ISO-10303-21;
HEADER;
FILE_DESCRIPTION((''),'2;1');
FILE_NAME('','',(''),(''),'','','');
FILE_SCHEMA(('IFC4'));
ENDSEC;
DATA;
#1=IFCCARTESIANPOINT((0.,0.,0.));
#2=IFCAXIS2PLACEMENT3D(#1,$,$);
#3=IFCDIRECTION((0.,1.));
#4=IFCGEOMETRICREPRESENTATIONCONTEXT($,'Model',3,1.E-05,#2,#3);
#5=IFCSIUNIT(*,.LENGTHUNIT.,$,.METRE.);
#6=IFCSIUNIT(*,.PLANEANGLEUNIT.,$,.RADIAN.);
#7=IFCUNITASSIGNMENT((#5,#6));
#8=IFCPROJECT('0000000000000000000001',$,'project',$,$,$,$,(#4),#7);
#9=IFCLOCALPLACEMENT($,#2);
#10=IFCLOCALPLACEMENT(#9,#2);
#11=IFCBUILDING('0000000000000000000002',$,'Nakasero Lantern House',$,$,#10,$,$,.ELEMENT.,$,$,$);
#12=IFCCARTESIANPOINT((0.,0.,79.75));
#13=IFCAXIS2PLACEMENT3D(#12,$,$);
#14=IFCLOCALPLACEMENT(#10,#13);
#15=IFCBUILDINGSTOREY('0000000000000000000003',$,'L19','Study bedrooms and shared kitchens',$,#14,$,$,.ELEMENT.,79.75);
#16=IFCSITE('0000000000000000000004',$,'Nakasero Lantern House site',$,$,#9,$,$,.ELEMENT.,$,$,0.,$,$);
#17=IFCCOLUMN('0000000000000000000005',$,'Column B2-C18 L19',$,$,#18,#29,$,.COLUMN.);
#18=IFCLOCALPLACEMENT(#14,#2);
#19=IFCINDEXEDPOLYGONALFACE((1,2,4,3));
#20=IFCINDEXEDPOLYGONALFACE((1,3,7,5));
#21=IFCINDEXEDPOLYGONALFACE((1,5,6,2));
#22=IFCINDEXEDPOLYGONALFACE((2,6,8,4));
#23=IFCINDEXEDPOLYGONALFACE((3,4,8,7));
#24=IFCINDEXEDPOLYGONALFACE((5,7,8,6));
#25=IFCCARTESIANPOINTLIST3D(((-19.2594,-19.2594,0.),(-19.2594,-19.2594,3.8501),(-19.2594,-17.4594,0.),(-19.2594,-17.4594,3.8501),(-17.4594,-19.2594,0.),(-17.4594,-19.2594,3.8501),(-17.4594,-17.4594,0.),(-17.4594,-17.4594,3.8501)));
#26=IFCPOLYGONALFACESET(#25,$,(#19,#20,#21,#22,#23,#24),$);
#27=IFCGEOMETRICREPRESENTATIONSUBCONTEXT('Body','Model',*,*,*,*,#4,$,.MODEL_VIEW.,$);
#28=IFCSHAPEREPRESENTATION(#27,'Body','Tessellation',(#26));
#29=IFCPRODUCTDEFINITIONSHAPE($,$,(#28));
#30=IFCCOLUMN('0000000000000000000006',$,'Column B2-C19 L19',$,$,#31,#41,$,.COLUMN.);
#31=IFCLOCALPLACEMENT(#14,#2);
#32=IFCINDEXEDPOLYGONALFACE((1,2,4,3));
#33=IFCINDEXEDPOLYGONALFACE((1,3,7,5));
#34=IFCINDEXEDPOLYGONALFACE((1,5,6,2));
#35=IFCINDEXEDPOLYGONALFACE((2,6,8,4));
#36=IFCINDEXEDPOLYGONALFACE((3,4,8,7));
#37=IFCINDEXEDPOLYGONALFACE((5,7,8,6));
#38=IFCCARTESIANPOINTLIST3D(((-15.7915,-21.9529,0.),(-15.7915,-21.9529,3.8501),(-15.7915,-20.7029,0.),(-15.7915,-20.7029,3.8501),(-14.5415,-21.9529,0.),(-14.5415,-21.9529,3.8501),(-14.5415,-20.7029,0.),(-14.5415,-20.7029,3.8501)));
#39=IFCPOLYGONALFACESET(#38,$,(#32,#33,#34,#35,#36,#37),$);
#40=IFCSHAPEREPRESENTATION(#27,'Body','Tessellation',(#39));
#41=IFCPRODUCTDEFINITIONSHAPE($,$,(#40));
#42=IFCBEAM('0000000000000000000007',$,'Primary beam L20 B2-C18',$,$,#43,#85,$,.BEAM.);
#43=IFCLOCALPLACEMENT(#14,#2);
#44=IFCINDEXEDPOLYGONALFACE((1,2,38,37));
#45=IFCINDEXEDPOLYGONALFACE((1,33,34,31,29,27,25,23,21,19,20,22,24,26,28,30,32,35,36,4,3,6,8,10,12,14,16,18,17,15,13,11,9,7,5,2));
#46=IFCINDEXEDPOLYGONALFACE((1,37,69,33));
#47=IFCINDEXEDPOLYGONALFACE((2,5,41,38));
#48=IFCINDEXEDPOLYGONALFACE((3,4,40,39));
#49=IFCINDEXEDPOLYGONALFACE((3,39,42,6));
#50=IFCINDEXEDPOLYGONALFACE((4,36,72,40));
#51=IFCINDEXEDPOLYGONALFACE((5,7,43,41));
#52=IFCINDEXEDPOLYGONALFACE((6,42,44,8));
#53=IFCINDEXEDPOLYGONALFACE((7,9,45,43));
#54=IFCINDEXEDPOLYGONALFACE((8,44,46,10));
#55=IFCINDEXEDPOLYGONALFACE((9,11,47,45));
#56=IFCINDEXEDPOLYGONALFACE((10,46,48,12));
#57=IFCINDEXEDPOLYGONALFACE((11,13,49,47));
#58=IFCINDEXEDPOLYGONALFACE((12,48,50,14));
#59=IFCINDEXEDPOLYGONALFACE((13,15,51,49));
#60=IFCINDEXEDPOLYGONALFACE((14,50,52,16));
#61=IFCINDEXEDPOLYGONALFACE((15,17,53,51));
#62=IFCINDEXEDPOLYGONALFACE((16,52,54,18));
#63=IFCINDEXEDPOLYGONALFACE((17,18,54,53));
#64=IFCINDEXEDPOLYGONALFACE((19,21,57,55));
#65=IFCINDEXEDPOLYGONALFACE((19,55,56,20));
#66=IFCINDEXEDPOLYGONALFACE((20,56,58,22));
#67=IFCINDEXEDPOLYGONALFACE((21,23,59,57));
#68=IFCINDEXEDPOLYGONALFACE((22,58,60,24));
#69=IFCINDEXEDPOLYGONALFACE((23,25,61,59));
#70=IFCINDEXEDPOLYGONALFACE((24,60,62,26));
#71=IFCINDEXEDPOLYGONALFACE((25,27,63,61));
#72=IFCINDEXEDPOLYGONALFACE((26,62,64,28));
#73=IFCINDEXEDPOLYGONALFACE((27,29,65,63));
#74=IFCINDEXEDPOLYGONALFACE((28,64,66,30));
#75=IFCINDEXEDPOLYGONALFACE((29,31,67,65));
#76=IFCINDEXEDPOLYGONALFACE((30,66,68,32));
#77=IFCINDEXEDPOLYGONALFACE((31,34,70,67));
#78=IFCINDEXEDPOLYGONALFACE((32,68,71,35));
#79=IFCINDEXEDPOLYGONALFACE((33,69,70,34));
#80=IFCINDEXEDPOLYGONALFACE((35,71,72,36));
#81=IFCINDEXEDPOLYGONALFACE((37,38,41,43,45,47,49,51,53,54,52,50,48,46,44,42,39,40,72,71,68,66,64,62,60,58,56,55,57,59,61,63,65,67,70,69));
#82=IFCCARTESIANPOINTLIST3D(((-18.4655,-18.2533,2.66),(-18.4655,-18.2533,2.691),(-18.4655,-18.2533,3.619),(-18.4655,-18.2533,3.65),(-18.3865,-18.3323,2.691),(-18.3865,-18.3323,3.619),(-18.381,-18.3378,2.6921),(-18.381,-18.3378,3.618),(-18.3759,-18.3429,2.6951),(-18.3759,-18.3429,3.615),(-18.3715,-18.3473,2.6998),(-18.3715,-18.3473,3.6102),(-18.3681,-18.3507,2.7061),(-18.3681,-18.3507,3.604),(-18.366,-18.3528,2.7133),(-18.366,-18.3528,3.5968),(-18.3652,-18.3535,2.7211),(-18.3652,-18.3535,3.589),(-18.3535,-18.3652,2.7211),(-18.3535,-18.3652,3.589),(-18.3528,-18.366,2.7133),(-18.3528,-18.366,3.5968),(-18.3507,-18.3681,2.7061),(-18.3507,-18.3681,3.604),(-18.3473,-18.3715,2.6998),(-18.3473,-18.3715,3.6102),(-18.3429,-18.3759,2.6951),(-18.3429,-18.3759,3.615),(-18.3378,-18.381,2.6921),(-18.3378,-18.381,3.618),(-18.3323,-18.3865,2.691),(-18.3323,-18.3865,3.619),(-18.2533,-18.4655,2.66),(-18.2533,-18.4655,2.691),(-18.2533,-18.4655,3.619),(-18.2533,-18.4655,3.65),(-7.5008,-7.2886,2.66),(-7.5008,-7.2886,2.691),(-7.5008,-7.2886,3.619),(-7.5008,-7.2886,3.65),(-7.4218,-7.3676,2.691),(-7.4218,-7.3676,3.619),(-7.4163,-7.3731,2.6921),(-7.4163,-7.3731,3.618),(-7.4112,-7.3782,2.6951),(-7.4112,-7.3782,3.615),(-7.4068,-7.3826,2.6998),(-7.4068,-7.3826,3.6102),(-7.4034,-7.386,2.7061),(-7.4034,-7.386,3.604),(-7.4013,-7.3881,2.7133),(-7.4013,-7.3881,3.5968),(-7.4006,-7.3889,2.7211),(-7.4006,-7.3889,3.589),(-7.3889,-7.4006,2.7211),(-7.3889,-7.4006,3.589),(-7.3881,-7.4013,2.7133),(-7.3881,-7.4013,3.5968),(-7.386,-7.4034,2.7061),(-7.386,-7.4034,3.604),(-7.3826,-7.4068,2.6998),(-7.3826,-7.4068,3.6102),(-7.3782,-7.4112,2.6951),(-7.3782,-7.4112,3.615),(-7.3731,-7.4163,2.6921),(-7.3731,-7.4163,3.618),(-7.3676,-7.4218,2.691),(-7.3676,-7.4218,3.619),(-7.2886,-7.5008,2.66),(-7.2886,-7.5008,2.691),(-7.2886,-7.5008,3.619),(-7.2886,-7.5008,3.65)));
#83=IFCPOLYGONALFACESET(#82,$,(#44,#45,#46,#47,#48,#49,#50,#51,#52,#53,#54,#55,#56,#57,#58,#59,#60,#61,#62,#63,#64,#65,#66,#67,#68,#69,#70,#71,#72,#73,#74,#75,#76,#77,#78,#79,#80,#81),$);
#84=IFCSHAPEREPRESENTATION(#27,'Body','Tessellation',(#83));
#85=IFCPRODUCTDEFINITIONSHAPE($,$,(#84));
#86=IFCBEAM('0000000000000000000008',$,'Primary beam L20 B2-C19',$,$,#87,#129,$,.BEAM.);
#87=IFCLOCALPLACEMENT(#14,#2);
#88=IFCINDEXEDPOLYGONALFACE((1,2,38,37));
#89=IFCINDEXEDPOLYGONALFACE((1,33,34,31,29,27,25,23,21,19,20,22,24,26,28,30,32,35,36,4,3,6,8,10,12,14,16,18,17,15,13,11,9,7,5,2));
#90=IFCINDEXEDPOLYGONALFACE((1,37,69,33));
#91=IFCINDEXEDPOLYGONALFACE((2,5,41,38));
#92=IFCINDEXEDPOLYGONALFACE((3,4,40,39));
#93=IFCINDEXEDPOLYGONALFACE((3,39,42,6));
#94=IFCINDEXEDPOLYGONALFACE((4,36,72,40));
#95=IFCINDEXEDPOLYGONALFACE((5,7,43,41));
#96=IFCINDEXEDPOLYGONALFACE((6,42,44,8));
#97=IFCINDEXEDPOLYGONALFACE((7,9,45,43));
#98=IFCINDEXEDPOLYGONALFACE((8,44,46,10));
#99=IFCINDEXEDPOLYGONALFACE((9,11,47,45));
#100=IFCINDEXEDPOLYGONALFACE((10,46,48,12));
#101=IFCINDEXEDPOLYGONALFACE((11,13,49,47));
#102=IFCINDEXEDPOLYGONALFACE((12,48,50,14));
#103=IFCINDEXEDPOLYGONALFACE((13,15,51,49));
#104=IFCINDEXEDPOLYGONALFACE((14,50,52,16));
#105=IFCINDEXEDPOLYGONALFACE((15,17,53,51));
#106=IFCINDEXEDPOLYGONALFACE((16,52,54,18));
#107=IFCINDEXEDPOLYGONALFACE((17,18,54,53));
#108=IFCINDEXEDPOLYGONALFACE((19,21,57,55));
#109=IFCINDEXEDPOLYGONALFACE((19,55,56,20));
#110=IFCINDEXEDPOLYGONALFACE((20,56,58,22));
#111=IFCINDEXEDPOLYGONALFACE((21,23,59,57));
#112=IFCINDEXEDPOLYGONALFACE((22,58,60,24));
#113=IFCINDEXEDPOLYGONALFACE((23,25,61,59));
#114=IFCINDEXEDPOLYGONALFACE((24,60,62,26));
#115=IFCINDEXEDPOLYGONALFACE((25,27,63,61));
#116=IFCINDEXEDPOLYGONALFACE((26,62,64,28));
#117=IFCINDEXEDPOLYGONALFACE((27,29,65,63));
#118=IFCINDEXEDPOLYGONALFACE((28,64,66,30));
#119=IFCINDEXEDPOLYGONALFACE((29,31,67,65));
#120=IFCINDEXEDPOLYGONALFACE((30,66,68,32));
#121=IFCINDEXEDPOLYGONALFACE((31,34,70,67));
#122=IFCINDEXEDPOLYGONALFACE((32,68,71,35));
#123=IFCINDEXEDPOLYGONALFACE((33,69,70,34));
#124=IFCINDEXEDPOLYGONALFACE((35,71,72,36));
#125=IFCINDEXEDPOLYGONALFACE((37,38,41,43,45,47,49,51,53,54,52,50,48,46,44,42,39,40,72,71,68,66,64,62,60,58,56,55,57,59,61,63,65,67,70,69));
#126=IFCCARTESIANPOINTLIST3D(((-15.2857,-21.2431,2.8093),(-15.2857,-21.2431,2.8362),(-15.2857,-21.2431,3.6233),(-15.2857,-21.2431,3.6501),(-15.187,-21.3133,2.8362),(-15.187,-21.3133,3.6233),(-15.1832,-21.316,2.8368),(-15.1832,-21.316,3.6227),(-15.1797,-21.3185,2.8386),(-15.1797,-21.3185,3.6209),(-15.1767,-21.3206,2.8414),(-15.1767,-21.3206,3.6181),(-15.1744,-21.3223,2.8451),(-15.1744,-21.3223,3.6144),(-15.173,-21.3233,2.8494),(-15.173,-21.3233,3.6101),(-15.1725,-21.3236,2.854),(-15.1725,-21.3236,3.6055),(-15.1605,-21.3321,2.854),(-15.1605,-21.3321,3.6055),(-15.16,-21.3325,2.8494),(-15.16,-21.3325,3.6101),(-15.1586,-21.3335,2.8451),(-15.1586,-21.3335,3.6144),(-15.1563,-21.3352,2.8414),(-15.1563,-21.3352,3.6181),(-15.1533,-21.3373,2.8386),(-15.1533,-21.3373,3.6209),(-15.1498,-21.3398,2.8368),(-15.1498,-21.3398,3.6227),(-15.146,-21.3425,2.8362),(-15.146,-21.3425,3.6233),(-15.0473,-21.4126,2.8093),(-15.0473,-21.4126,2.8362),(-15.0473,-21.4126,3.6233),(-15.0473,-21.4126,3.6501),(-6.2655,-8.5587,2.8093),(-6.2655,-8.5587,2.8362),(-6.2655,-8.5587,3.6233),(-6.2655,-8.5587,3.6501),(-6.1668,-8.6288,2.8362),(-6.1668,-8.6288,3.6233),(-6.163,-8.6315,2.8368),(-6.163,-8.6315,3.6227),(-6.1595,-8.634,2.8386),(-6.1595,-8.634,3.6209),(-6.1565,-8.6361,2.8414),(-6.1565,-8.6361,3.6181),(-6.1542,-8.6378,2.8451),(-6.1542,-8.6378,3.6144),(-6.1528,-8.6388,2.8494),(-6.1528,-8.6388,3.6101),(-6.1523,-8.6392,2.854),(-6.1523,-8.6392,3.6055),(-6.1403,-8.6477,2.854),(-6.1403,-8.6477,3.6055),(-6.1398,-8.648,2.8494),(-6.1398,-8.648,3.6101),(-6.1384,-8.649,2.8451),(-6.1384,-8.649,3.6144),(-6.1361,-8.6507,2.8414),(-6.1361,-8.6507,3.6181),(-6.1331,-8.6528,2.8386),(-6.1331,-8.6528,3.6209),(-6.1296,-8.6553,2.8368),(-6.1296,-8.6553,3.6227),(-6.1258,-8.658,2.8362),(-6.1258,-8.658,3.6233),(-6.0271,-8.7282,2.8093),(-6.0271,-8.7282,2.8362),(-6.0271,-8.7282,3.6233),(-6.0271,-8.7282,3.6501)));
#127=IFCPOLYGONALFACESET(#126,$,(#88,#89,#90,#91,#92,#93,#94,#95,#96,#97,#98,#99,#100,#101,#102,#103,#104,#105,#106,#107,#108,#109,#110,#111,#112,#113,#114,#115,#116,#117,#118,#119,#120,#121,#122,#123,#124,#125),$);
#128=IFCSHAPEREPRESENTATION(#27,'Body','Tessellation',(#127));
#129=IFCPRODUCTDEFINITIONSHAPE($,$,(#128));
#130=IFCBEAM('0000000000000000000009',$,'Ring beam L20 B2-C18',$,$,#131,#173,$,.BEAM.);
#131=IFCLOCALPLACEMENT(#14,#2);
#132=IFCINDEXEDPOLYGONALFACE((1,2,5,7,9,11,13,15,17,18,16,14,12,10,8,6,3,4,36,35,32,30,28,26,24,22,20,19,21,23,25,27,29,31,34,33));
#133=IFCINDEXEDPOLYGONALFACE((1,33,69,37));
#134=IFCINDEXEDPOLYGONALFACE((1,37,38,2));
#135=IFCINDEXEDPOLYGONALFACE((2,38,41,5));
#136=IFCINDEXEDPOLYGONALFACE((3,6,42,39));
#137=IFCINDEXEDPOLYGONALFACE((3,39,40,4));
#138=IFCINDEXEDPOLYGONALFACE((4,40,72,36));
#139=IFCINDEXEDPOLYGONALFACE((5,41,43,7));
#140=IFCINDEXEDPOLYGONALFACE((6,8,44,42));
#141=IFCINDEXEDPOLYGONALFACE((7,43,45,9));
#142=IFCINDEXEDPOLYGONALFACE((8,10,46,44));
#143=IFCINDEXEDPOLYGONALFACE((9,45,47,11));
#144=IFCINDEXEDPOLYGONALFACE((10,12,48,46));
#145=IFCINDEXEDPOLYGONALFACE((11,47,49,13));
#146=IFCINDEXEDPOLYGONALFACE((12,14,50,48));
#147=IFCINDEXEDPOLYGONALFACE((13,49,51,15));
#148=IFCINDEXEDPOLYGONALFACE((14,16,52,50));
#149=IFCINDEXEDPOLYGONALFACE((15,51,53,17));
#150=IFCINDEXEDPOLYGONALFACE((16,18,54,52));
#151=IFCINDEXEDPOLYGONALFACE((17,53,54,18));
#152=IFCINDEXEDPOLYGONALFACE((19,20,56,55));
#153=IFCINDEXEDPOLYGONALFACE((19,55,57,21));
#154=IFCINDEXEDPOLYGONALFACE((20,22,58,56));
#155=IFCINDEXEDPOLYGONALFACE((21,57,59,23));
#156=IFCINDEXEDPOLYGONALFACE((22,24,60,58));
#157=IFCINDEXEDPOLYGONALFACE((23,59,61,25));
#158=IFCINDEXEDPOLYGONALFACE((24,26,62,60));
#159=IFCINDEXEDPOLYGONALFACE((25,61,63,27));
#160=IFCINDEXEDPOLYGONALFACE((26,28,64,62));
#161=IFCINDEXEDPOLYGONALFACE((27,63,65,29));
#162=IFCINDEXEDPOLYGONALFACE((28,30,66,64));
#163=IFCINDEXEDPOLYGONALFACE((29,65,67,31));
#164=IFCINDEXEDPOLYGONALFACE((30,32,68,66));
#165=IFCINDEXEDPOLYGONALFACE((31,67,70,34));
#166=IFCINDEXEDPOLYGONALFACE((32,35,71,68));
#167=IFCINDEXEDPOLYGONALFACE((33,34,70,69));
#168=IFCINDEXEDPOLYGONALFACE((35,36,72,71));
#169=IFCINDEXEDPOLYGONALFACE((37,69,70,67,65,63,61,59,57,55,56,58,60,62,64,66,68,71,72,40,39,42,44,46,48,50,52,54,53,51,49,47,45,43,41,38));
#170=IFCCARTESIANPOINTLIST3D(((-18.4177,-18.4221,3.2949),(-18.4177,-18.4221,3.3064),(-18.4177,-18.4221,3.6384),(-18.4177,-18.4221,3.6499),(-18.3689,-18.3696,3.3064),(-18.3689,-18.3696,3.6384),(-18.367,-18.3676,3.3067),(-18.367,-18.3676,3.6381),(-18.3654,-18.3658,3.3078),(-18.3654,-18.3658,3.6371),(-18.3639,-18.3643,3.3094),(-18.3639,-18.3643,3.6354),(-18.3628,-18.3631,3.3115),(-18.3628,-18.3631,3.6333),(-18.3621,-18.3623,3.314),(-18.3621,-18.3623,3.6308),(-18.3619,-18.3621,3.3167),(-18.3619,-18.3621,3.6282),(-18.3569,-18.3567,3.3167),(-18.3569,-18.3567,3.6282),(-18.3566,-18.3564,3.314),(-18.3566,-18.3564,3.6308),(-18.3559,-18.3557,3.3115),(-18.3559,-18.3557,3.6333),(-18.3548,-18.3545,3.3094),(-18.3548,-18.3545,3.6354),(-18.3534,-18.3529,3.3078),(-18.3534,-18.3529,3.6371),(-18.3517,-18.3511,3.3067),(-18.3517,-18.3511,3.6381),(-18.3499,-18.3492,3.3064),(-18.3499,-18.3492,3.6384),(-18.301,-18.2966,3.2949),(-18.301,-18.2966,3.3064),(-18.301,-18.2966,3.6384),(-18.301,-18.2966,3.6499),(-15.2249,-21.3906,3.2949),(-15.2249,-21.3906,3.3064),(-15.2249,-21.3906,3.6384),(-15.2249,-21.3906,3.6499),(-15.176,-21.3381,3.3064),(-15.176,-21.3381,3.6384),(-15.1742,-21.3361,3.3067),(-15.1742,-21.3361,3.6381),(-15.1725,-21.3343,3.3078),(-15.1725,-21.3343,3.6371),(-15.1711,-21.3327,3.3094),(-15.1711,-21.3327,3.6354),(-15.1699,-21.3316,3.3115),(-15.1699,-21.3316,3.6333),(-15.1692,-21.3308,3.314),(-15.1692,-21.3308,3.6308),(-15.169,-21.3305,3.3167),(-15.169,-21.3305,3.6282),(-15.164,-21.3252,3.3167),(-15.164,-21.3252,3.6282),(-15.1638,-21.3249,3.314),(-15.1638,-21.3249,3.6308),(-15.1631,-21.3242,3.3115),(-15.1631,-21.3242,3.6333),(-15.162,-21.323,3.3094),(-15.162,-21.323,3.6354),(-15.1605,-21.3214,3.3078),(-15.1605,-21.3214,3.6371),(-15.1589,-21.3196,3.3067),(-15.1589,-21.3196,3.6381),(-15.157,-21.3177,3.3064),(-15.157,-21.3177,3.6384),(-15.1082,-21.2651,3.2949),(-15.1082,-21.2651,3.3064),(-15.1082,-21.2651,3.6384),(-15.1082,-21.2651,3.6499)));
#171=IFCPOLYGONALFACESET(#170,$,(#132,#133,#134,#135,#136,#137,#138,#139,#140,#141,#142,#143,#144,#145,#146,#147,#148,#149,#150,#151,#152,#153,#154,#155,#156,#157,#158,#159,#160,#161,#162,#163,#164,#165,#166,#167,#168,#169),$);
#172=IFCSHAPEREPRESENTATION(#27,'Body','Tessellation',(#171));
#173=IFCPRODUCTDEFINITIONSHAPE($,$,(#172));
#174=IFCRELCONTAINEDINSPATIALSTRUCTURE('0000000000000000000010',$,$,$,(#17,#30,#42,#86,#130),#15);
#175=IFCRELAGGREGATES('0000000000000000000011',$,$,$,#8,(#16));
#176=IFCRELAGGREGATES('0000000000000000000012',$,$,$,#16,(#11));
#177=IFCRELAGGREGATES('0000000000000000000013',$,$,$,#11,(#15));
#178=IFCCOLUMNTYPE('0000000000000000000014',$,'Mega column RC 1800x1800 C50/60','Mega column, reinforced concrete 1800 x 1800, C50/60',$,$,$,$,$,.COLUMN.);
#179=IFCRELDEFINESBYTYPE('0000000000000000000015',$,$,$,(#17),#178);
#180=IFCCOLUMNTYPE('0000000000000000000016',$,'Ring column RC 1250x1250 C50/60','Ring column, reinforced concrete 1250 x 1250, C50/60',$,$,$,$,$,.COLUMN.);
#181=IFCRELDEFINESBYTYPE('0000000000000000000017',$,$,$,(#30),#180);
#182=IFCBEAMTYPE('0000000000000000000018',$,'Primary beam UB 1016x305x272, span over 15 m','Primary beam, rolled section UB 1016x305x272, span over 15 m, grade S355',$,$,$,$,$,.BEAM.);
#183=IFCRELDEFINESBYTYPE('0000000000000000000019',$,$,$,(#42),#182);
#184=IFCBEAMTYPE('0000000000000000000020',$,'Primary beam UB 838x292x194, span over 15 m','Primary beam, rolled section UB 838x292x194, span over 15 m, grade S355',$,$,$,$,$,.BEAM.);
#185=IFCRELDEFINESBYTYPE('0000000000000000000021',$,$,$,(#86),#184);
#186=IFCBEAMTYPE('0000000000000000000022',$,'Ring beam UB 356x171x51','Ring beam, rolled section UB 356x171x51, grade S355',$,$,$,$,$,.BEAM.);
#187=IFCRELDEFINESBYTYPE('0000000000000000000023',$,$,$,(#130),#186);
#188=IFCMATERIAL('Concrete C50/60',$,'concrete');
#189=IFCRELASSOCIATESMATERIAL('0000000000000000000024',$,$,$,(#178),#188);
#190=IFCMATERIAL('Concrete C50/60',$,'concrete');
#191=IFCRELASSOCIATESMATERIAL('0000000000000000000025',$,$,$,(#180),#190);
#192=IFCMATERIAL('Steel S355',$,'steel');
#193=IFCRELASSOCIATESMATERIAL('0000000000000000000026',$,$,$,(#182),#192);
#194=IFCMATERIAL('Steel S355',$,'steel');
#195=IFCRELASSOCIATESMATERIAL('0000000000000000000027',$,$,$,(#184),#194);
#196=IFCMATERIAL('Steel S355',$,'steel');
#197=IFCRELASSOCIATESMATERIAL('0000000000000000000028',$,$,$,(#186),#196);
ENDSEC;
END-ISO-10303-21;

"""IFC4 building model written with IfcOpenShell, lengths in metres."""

from ifc_helpers import new_model, si_unit, direction, frame, origin, origin_2d, place, context, subcontext, project, spatial, rectangle, i_section, extrude, material, material_profile, profile_set, type_object, element, save


model = new_model("IFC4")

# Units and contexts
model_context = context("Model", 3, precision=1e-05, world=origin(), true_north=direction((0.0, 1.0)))
body_context = subcontext(model_context, "Body", "Model", "MODEL_VIEW")
ifc_project = project(units=[si_unit("LENGTHUNIT", "METRE"), si_unit("PLANEANGLEUNIT", "RADIAN")], contexts=[model_context])

# Site, building, storey
site_placement = place(None, origin())
site = spatial("IfcSite", under=ifc_project, at=site_placement, Name="Nakasero Lantern House site", CompositionType="ELEMENT", RefElevation=0.0)
building_placement = place(site_placement, origin())
building = spatial("IfcBuilding", under=site, at=building_placement, Name="Nakasero Lantern House", CompositionType="ELEMENT")
storey_placement = place(building_placement, frame((0.0, 0.0, 79.75)))
storey = spatial("IfcBuildingStorey", under=building, at=storey_placement, Name="L19", Description="Study bedrooms and shared kitchens", CompositionType="ELEMENT", Elevation=79.75)

# Columns
ifc_material_1 = material(Name="Concrete C50/60", Category="concrete")
ifc_material_profile_1 = material_profile(ifc_material_1, rectangle(XDim=1.8, YDim=1.8, at=origin_2d()), Name="RC 1800x1800")
ifc_profile_set_1 = profile_set([ifc_material_profile_1], Name="Concrete C50/60")
column_type_1 = type_object("IfcColumnType", Name="Mega column RC 1800x1800 C50/60", Description="Mega column, reinforced concrete 1800 x 1800, C50/60", PredefinedType="COLUMN", material=ifc_profile_set_1)
column_1_placement = place(storey_placement, frame((-18.3594, -18.3594, 0.0), z_axis=(0.0, 0.0, 1.0), x_axis=(1.0, 0.0, 0.0)))
element("IfcColumn", 1, at=column_1_placement, inside=storey, type_object=column_type_1, Name="Column B2-C18 L19", PredefinedType="COLUMN", context=body_context, shape_type="SweptSolid", body=[
    extrude(rectangle(XDim=1.8, YDim=1.8, at=origin_2d()), origin(), (0.0, 0.0, 1.0), 3.8501),
])
ifc_material_2 = material(Name="Concrete C50/60", Category="concrete")
ifc_material_profile_2 = material_profile(ifc_material_2, rectangle(XDim=1.25, YDim=1.25, at=origin_2d()), Name="RC 1250x1250")
ifc_profile_set_2 = profile_set([ifc_material_profile_2], Name="Concrete C50/60")
column_type_2 = type_object("IfcColumnType", Name="Ring column RC 1250x1250 C50/60", Description="Ring column, reinforced concrete 1250 x 1250, C50/60", PredefinedType="COLUMN", material=ifc_profile_set_2)
column_2_placement = place(storey_placement, frame((-15.1665, -21.3279, 0.0), z_axis=(0.0, 0.0, 1.0), x_axis=(1.0, 0.0, 0.0)))
element("IfcColumn", 2, at=column_2_placement, inside=storey, type_object=column_type_2, Name="Column B2-C19 L19", PredefinedType="COLUMN", context=body_context, shape_type="SweptSolid", body=[
    extrude(rectangle(XDim=1.25, YDim=1.25, at=origin_2d()), origin(), (0.0, 0.0, 1.0), 3.8501),
])

# Beams
ifc_material_3 = material(Name="Steel S355", Category="steel")
ifc_material_profile_3 = material_profile(ifc_material_3, i_section(OverallWidth=0.3, OverallDepth=0.99, WebThickness=0.0166, FlangeThickness=0.031, FilletRadius=0.03, at=origin_2d()), Name="UB 1016x305x272")
ifc_profile_set_3 = profile_set([ifc_material_profile_3], Name="Steel S355")
beam_type_1 = type_object("IfcBeamType", Name="Primary beam UB 1016x305x272, span over 15 m", Description="Primary beam, rolled section UB 1016x305x272, span over 15 m, grade S355", PredefinedType="BEAM", material=ifc_profile_set_3)
beam_1_placement = place(storey_placement, frame((-18.3594, -18.3594, 3.155), z_axis=(0.707107, 0.707107, 0.0), x_axis=(-0.707107, 0.707107, 0.0)))
element("IfcBeam", 3, at=beam_1_placement, inside=storey, type_object=beam_type_1, Name="Primary beam L20 B2-C18", PredefinedType="BEAM", context=body_context, shape_type="SweptSolid", body=[
    extrude(i_section(OverallWidth=0.3, OverallDepth=0.99, WebThickness=0.0166, FlangeThickness=0.031, FilletRadius=0.03, at=origin_2d()), origin(), (0.0, 0.0, 1.0), 15.5063),
])
ifc_material_4 = material(Name="Steel S355", Category="steel")
ifc_material_profile_4 = material_profile(ifc_material_4, i_section(OverallWidth=0.2925, OverallDepth=0.8408, WebThickness=0.0146, FlangeThickness=0.0269, FilletRadius=0.0178, at=origin_2d()), Name="UB 838x292x194")
ifc_profile_set_4 = profile_set([ifc_material_profile_4], Name="Steel S355")
beam_type_2 = type_object("IfcBeamType", Name="Primary beam UB 838x292x194, span over 15 m", Description="Primary beam, rolled section UB 838x292x194, span over 15 m, grade S355", PredefinedType="BEAM", material=ifc_profile_set_4)
beam_2_placement = place(storey_placement, frame((-15.1665, -21.3279, 3.2297), z_axis=(0.579529, 0.814952, 0.0), x_axis=(-0.814952, 0.579529, 0.0)))
element("IfcBeam", 4, at=beam_2_placement, inside=storey, type_object=beam_type_2, Name="Primary beam L20 B2-C19", PredefinedType="BEAM", context=body_context, shape_type="SweptSolid", body=[
    extrude(i_section(OverallWidth=0.2925, OverallDepth=0.8408, WebThickness=0.0146, FlangeThickness=0.0269, FilletRadius=0.0178, at=origin_2d()), origin(), (0.0, 0.0, 1.0), 15.5647),
])
ifc_material_5 = material(Name="Steel S355", Category="steel")
ifc_material_profile_5 = material_profile(ifc_material_5, i_section(OverallWidth=0.1714, OverallDepth=0.355, WebThickness=0.0073, FlangeThickness=0.0115, FilletRadius=0.0103, at=origin_2d()), Name="UB 356x171x51")
ifc_profile_set_5 = profile_set([ifc_material_profile_5], Name="Steel S355")
beam_type_3 = type_object("IfcBeamType", Name="Ring beam UB 356x171x51", Description="Ring beam, rolled section UB 356x171x51, grade S355", PredefinedType="BEAM", material=ifc_profile_set_5)
beam_3_placement = place(storey_placement, frame((-18.3594, -18.3594, 3.4724), z_axis=(0.732371, -0.680906, 0.0), x_axis=(0.680906, 0.732371, 0.0)))
element("IfcBeam", 5, at=beam_3_placement, inside=storey, type_object=beam_type_3, Name="Ring beam L20 B2-C18", PredefinedType="BEAM", context=body_context, shape_type="SweptSolid", body=[
    extrude(i_section(OverallWidth=0.1714, OverallDepth=0.355, WebThickness=0.0073, FlangeThickness=0.0115, FilletRadius=0.0103, at=origin_2d()), origin(), (0.0, 0.0, 1.0), 4.3596),
])

save(model, "model.ifc")
